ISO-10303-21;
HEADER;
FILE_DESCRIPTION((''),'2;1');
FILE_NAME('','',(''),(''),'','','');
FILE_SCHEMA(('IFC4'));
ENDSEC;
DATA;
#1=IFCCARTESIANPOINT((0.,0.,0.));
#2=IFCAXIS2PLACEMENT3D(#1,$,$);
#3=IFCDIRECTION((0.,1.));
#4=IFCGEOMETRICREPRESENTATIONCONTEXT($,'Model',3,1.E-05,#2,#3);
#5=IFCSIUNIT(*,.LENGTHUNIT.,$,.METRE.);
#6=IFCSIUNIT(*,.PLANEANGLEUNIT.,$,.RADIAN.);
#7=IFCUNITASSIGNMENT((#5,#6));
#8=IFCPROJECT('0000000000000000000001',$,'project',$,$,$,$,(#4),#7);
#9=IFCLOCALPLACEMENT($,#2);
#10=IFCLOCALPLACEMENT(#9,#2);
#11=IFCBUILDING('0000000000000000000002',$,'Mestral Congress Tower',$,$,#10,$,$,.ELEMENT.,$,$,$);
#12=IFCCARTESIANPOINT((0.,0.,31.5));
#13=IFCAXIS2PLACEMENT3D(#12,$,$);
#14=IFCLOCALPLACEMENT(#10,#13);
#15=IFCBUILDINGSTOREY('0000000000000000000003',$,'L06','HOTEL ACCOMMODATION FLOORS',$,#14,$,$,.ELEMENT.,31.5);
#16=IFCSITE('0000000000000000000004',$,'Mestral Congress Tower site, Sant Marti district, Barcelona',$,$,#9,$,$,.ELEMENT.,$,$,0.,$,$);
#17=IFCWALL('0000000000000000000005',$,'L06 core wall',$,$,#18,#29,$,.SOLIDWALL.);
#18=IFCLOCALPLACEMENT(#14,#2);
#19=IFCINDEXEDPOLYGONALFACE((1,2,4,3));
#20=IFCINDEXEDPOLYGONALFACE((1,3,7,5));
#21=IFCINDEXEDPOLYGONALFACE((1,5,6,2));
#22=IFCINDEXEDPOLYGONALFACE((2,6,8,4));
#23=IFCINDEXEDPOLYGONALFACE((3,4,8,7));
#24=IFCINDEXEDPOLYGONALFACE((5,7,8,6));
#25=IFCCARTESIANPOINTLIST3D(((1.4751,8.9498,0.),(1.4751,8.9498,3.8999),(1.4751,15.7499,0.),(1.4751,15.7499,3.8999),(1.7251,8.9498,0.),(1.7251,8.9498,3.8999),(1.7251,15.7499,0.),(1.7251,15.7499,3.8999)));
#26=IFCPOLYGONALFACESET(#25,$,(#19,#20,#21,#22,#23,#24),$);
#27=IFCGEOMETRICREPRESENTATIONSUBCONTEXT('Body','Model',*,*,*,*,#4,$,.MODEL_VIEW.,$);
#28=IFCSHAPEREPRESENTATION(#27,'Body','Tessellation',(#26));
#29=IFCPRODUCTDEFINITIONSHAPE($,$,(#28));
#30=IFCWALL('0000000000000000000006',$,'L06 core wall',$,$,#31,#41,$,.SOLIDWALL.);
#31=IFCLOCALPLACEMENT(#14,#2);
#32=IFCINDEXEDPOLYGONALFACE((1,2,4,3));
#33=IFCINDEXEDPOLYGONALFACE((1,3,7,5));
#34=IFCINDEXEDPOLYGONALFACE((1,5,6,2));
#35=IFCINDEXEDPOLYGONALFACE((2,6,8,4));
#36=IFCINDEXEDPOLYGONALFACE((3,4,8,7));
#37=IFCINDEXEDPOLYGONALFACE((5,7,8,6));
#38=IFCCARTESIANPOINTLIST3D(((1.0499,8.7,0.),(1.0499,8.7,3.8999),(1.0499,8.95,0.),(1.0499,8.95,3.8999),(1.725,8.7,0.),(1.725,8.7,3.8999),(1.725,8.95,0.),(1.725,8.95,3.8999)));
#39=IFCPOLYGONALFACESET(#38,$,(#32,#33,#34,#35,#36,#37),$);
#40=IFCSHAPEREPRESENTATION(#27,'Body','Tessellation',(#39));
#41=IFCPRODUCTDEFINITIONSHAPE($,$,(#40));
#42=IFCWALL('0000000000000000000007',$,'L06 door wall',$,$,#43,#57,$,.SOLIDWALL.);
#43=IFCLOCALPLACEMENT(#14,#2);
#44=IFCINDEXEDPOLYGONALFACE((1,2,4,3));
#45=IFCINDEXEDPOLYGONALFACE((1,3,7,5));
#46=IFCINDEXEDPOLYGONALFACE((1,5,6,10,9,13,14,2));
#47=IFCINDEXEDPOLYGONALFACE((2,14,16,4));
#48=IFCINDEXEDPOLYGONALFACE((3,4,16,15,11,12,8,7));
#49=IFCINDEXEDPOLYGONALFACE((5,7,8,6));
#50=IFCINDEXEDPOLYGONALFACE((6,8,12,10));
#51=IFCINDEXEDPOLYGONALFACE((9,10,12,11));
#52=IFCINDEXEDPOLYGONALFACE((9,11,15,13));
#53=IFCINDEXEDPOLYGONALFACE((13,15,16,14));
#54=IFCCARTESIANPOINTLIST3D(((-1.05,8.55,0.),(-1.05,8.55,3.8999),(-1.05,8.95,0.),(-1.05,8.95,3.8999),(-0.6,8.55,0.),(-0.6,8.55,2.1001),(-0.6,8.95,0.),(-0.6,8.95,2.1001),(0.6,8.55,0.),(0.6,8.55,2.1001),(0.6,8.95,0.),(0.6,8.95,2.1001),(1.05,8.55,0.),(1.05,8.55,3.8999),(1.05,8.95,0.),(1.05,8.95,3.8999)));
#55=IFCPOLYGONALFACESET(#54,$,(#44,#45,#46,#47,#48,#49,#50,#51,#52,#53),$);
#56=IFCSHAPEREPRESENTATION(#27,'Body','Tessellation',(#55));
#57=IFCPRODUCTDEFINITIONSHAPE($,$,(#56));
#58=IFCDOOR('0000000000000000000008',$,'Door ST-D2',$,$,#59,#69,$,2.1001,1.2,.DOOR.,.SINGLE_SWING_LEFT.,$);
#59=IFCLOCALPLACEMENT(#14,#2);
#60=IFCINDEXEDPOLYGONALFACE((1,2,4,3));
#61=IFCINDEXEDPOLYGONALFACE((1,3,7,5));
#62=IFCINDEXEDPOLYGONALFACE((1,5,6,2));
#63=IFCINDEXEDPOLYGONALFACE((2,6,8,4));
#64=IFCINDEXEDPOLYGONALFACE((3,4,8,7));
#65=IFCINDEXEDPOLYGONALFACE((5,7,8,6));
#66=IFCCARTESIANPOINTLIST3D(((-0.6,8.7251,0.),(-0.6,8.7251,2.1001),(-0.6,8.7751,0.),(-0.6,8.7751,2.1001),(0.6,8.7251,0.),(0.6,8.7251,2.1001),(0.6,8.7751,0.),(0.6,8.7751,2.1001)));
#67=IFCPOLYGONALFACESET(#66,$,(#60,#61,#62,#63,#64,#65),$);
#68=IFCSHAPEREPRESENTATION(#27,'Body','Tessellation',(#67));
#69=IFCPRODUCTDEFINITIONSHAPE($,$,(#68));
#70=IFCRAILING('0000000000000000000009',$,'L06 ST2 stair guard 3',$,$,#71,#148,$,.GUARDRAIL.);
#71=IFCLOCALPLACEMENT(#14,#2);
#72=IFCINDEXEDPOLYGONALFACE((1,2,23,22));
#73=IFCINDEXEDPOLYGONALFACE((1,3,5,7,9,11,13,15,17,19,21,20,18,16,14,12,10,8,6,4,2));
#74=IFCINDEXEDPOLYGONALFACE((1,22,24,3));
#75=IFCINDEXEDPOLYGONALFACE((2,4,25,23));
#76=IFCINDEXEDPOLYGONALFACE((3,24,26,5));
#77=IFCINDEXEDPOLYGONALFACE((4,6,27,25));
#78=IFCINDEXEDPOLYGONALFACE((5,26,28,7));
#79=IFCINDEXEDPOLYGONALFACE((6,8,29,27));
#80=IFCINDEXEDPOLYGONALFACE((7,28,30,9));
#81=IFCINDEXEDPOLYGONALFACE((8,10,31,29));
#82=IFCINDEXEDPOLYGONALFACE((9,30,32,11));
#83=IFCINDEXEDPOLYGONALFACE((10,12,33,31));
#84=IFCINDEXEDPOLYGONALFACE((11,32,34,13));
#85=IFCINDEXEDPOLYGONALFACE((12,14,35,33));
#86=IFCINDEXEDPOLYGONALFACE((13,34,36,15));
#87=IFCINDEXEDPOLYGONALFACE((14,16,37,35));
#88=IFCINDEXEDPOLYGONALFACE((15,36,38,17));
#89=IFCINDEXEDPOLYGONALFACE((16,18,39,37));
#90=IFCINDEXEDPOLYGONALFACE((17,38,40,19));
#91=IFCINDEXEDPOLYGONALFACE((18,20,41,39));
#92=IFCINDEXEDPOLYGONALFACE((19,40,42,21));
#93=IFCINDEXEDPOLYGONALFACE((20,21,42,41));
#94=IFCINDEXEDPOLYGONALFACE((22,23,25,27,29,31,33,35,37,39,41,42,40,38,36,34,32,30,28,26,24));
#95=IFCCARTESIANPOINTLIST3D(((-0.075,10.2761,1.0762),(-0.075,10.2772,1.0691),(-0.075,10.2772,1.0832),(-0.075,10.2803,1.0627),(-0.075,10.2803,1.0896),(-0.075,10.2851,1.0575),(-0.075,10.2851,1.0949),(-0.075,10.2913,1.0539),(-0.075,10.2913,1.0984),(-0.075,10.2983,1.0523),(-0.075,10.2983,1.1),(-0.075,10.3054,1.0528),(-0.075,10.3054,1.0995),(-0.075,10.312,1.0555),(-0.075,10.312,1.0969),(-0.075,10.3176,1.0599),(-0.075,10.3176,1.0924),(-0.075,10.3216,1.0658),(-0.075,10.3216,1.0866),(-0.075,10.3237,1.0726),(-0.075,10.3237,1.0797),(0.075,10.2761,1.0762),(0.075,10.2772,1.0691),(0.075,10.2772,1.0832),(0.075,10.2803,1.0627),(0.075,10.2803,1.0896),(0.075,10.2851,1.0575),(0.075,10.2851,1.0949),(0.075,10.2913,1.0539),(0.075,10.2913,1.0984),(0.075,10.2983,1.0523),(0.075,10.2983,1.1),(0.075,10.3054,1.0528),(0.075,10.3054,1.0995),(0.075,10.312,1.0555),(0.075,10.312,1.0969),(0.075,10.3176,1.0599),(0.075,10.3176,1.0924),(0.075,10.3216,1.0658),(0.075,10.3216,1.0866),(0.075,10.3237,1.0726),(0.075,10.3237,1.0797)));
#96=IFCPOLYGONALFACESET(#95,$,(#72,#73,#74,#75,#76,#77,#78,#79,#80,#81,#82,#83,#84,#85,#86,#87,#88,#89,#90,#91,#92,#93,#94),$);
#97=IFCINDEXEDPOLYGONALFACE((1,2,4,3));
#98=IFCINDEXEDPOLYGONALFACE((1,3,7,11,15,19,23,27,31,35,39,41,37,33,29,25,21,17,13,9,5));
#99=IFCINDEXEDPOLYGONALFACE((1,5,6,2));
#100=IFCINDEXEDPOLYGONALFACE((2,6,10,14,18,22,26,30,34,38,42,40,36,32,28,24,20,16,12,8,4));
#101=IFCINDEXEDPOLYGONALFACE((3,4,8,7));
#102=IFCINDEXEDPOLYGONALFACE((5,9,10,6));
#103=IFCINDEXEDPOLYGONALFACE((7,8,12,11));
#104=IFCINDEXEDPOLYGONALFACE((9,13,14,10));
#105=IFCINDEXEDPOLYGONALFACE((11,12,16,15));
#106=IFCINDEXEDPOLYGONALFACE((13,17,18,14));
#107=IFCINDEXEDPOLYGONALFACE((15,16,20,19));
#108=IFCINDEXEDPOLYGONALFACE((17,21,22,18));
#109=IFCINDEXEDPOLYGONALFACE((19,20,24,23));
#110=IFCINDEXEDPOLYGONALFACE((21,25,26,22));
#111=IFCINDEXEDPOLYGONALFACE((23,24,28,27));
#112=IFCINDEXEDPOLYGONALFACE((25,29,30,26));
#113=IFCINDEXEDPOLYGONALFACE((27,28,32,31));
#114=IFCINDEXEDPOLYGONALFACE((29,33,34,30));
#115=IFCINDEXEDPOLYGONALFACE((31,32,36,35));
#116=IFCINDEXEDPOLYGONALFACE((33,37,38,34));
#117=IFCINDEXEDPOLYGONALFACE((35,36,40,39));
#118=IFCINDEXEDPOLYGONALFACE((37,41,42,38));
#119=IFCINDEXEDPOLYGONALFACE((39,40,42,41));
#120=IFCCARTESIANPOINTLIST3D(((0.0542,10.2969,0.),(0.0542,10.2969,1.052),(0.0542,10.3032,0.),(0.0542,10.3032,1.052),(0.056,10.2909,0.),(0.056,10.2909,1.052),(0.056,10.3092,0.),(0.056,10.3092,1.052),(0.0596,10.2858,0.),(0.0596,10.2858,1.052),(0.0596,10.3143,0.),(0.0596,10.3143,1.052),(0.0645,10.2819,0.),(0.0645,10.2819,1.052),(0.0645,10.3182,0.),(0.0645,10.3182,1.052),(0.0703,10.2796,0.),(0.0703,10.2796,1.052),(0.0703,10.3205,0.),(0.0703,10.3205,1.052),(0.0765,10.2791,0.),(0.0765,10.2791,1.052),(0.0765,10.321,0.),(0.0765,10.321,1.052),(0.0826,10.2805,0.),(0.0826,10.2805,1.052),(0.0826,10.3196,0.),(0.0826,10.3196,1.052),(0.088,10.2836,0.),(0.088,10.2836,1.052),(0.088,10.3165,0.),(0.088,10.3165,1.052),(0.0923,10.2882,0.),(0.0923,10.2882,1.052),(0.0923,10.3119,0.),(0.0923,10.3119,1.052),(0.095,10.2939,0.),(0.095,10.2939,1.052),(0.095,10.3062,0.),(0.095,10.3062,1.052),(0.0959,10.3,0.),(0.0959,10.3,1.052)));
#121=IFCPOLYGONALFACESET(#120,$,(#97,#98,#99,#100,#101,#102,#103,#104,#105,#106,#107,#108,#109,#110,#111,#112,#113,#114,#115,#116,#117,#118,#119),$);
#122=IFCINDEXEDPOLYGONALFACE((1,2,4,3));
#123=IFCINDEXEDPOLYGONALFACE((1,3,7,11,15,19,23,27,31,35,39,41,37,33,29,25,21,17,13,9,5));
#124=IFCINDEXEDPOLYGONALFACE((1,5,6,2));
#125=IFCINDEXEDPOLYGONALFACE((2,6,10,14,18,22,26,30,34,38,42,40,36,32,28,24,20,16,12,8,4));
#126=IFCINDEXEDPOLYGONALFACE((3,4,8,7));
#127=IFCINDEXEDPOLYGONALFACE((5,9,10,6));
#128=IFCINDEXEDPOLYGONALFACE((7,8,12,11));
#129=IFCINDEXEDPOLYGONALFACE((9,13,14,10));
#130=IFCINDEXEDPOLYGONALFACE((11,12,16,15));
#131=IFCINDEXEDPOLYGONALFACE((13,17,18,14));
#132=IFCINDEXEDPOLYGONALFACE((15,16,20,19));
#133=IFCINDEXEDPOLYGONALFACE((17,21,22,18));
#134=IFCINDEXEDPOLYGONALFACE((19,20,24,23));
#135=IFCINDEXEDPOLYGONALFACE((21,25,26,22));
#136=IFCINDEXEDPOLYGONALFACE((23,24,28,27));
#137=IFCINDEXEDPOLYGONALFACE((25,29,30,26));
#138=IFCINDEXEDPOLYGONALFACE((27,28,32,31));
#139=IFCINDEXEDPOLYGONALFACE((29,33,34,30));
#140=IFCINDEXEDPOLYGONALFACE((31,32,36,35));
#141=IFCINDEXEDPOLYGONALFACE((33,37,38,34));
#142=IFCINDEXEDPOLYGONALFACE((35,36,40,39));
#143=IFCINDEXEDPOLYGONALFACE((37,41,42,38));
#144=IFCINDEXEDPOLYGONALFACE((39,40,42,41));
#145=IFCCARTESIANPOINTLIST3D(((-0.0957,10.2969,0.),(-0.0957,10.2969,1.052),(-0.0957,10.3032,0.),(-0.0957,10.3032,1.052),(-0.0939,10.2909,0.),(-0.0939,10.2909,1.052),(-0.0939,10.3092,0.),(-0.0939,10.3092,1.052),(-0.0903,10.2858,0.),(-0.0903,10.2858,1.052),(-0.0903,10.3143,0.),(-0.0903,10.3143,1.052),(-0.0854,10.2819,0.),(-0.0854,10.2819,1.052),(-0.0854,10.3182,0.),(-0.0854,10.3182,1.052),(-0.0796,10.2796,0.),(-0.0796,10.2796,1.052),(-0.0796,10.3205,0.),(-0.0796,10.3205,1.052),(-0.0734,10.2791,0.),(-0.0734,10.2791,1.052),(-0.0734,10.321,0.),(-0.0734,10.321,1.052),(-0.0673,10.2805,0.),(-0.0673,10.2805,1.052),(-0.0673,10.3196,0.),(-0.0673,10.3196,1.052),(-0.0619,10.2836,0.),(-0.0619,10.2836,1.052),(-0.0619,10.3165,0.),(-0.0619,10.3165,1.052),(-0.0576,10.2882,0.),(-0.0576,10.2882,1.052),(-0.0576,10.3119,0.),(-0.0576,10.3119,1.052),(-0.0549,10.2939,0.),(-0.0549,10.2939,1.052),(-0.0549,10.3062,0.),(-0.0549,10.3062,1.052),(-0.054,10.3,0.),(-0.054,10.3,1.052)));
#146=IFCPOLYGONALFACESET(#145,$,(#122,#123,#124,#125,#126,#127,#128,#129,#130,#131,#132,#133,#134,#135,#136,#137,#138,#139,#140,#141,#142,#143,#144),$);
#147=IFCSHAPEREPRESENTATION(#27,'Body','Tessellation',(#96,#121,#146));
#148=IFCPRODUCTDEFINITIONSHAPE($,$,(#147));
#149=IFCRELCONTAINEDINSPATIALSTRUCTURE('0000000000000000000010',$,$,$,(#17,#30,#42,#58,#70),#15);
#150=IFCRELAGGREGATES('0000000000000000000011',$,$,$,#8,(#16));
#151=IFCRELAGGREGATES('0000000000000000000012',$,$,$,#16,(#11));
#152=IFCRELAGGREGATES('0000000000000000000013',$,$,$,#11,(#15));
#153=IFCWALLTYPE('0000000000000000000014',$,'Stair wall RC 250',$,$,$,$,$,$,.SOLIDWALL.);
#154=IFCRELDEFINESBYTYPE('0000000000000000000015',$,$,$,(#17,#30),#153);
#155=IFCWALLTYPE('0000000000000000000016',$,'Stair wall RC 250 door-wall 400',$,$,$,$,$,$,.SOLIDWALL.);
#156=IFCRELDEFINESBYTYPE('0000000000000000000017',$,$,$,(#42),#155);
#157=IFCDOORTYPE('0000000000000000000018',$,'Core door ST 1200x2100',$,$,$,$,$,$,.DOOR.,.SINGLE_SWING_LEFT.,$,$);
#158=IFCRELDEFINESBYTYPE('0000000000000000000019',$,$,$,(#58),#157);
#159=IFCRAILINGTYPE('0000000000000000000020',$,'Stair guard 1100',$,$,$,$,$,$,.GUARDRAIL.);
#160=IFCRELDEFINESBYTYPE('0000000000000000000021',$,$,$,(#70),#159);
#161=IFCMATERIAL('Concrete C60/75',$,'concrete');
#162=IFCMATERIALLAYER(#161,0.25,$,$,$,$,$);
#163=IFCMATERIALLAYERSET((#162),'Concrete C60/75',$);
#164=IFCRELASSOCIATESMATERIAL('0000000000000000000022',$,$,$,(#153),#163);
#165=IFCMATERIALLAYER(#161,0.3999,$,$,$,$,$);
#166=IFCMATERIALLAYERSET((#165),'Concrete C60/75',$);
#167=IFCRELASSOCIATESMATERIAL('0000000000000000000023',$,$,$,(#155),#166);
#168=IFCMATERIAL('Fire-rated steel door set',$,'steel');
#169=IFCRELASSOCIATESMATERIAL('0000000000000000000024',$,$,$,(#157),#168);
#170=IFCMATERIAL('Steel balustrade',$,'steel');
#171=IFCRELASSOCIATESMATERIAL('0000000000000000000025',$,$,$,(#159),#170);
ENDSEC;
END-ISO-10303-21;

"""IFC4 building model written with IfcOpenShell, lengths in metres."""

from ifc_helpers import new_model, si_unit, direction, frame, frame_2d, origin, origin_2d, place, context, subcontext, project, spatial, rectangle, circle, extrude, material, layer, layer_set, type_object, element, fill, save


model = new_model("IFC4")

# Units and contexts
model_context = context("Model", 3, precision=1e-05, world=origin(), true_north=direction((0.0, 1.0)))
body_context = subcontext(model_context, "Body", "Model", "MODEL_VIEW")
ifc_project = project(units=[si_unit("LENGTHUNIT", "METRE"), si_unit("PLANEANGLEUNIT", "RADIAN")], contexts=[model_context])

# Site, building, storey
site_placement = place(None, origin())
site = spatial("IfcSite", under=ifc_project, at=site_placement, Name="Mestral Congress Tower site, Sant Marti district, Barcelona", CompositionType="ELEMENT", RefElevation=0.0)
building_placement = place(site_placement, origin())
building = spatial("IfcBuilding", under=site, at=building_placement, Name="Mestral Congress Tower", CompositionType="ELEMENT")
storey_placement = place(building_placement, frame((0.0, 0.0, 31.5)))
storey = spatial("IfcBuildingStorey", under=building, at=storey_placement, Name="L06", Description="HOTEL ACCOMMODATION FLOORS", CompositionType="ELEMENT", Elevation=31.5)

# Shared definitions
ifc_material_1 = material(Name="Concrete C60/75", Category="concrete")

# Walls
ifc_layer_1 = layer(ifc_material_1, 0.25)
ifc_layer_set_1 = layer_set([ifc_layer_1], Name="Concrete C60/75")
wall_type_1 = type_object("IfcWallType", Name="Stair wall RC 250", PredefinedType="SOLIDWALL", material=ifc_layer_set_1)
wall_1_placement = place(storey_placement, frame((1.6001, 8.95, 0.0), z_axis=(0.0, 0.0, 1.0), x_axis=(0.0, 1.0, 0.0)))
element("IfcWall", 1, at=wall_1_placement, inside=storey, type_object=wall_type_1, Name="L06 core wall", PredefinedType="SOLIDWALL", context=body_context, shape_type="SweptSolid", body=[
    extrude(rectangle(XDim=6.8, YDim=0.25, at=frame_2d((3.3999, 0.0))), origin(), (0.0, 0.0, 1.0), 3.8999),
])
wall_2_placement = place(storey_placement, frame((1.05, 8.825, 0.0), z_axis=(0.0, 0.0, 1.0), x_axis=(1.0, 0.0, 0.0)))
element("IfcWall", 2, at=wall_2_placement, inside=storey, type_object=wall_type_1, Name="L06 core wall", PredefinedType="SOLIDWALL", context=body_context, shape_type="SweptSolid", body=[
    extrude(rectangle(XDim=0.675, YDim=0.25, at=frame_2d((0.3374, 0.0))), origin(), (0.0, 0.0, 1.0), 3.8999),
])

# Wall, opening, door
ifc_layer_2 = layer(ifc_material_1, 0.3999)
ifc_layer_set_2 = layer_set([ifc_layer_2], Name="Concrete C60/75")
wall_type_2 = type_object("IfcWallType", Name="Stair wall RC 250 door-wall 400", PredefinedType="SOLIDWALL", material=ifc_layer_set_2)
wall_3_placement = place(storey_placement, frame((1.05, 8.75, 0.0), z_axis=(0.0, 0.0, 1.0), x_axis=(-1.0, 0.0, 0.0)))
wall_3 = element("IfcWall", 3, at=wall_3_placement, inside=storey, type_object=wall_type_2, Name="L06 door wall", PredefinedType="SOLIDWALL", context=body_context, shape_type="SweptSolid", body=[
    extrude(rectangle(XDim=2.1001, YDim=0.3999, at=frame_2d((1.05, 0.0))), origin(), (0.0, 0.0, 1.0), 3.8999),
])
opening_placement = place(wall_3_placement, frame((0.45, 0.0, 0.0)))
opening = element("IfcOpeningElement", 4, at=opening_placement, cuts=wall_3, PredefinedType="OPENING", context=body_context, shape_type="SweptSolid", body=[
    extrude(rectangle(XDim=1.2, YDim=2.1001, at=frame_2d((0.6001, 1.05))), frame((0.0, 0.21, 0.0), z_axis=(0.0, -1.0, 0.0), x_axis=(1.0, 0.0, 0.0)), (0.0, 0.0, 1.0), 0.4199),
])
ifc_material_2 = material(Name="Fire-rated steel door set", Category="steel")
door_type = type_object("IfcDoorType", Name="Core door ST 1200x2100", OperationType="SINGLE_SWING_LEFT", PredefinedType="DOOR", material=ifc_material_2)
door_placement = place(opening_placement, origin())
door = element("IfcDoor", 5, at=door_placement, inside=storey, type_object=door_type, Name="Door ST-D2", OperationType="SINGLE_SWING_LEFT", OverallHeight=2.1001, OverallWidth=1.2, PredefinedType="DOOR", context=body_context, shape_type="SweptSolid", body=[
    extrude(rectangle(XDim=1.2, YDim=2.1001, at=frame_2d((0.6001, 1.05))), frame((0.0, 0.0249, 0.0), z_axis=(0.0, -1.0, 0.0), x_axis=(1.0, 0.0, 0.0)), (0.0, 0.0, 1.0), 0.05),
])
fill(opening, door)

# Railing
ifc_material_3 = material(Name="Steel balustrade", Category="steel")
railing_type = type_object("IfcRailingType", Name="Stair guard 1100", PredefinedType="GUARDRAIL", material=ifc_material_3)
railing_placement = place(storey_placement, frame((0.075, 10.3, 0.0)))
element("IfcRailing", 6, at=railing_placement, inside=storey, type_object=railing_type, Name="L06 ST2 stair guard 3", PredefinedType="GUARDRAIL", context=body_context, shape_type="SweptSolid", body=[
    extrude(circle(Radius=0.0239, at=origin_2d()), frame((0.0, 0.0, 1.0762), z_axis=(-1.0, 0.0, 0.0), x_axis=(0.0, -1.0, 0.0)), (0.0, 0.0, 1.0), 0.1499),
    extrude(circle(Radius=0.021, at=origin_2d()), origin(), (0.0, 0.0, 1.0), 1.052),
    extrude(circle(Radius=0.021, at=origin_2d()), frame((-0.1499, 0.0, 0.0)), (0.0, 0.0, 1.0), 1.052),
])

save(model, "model.ifc")
